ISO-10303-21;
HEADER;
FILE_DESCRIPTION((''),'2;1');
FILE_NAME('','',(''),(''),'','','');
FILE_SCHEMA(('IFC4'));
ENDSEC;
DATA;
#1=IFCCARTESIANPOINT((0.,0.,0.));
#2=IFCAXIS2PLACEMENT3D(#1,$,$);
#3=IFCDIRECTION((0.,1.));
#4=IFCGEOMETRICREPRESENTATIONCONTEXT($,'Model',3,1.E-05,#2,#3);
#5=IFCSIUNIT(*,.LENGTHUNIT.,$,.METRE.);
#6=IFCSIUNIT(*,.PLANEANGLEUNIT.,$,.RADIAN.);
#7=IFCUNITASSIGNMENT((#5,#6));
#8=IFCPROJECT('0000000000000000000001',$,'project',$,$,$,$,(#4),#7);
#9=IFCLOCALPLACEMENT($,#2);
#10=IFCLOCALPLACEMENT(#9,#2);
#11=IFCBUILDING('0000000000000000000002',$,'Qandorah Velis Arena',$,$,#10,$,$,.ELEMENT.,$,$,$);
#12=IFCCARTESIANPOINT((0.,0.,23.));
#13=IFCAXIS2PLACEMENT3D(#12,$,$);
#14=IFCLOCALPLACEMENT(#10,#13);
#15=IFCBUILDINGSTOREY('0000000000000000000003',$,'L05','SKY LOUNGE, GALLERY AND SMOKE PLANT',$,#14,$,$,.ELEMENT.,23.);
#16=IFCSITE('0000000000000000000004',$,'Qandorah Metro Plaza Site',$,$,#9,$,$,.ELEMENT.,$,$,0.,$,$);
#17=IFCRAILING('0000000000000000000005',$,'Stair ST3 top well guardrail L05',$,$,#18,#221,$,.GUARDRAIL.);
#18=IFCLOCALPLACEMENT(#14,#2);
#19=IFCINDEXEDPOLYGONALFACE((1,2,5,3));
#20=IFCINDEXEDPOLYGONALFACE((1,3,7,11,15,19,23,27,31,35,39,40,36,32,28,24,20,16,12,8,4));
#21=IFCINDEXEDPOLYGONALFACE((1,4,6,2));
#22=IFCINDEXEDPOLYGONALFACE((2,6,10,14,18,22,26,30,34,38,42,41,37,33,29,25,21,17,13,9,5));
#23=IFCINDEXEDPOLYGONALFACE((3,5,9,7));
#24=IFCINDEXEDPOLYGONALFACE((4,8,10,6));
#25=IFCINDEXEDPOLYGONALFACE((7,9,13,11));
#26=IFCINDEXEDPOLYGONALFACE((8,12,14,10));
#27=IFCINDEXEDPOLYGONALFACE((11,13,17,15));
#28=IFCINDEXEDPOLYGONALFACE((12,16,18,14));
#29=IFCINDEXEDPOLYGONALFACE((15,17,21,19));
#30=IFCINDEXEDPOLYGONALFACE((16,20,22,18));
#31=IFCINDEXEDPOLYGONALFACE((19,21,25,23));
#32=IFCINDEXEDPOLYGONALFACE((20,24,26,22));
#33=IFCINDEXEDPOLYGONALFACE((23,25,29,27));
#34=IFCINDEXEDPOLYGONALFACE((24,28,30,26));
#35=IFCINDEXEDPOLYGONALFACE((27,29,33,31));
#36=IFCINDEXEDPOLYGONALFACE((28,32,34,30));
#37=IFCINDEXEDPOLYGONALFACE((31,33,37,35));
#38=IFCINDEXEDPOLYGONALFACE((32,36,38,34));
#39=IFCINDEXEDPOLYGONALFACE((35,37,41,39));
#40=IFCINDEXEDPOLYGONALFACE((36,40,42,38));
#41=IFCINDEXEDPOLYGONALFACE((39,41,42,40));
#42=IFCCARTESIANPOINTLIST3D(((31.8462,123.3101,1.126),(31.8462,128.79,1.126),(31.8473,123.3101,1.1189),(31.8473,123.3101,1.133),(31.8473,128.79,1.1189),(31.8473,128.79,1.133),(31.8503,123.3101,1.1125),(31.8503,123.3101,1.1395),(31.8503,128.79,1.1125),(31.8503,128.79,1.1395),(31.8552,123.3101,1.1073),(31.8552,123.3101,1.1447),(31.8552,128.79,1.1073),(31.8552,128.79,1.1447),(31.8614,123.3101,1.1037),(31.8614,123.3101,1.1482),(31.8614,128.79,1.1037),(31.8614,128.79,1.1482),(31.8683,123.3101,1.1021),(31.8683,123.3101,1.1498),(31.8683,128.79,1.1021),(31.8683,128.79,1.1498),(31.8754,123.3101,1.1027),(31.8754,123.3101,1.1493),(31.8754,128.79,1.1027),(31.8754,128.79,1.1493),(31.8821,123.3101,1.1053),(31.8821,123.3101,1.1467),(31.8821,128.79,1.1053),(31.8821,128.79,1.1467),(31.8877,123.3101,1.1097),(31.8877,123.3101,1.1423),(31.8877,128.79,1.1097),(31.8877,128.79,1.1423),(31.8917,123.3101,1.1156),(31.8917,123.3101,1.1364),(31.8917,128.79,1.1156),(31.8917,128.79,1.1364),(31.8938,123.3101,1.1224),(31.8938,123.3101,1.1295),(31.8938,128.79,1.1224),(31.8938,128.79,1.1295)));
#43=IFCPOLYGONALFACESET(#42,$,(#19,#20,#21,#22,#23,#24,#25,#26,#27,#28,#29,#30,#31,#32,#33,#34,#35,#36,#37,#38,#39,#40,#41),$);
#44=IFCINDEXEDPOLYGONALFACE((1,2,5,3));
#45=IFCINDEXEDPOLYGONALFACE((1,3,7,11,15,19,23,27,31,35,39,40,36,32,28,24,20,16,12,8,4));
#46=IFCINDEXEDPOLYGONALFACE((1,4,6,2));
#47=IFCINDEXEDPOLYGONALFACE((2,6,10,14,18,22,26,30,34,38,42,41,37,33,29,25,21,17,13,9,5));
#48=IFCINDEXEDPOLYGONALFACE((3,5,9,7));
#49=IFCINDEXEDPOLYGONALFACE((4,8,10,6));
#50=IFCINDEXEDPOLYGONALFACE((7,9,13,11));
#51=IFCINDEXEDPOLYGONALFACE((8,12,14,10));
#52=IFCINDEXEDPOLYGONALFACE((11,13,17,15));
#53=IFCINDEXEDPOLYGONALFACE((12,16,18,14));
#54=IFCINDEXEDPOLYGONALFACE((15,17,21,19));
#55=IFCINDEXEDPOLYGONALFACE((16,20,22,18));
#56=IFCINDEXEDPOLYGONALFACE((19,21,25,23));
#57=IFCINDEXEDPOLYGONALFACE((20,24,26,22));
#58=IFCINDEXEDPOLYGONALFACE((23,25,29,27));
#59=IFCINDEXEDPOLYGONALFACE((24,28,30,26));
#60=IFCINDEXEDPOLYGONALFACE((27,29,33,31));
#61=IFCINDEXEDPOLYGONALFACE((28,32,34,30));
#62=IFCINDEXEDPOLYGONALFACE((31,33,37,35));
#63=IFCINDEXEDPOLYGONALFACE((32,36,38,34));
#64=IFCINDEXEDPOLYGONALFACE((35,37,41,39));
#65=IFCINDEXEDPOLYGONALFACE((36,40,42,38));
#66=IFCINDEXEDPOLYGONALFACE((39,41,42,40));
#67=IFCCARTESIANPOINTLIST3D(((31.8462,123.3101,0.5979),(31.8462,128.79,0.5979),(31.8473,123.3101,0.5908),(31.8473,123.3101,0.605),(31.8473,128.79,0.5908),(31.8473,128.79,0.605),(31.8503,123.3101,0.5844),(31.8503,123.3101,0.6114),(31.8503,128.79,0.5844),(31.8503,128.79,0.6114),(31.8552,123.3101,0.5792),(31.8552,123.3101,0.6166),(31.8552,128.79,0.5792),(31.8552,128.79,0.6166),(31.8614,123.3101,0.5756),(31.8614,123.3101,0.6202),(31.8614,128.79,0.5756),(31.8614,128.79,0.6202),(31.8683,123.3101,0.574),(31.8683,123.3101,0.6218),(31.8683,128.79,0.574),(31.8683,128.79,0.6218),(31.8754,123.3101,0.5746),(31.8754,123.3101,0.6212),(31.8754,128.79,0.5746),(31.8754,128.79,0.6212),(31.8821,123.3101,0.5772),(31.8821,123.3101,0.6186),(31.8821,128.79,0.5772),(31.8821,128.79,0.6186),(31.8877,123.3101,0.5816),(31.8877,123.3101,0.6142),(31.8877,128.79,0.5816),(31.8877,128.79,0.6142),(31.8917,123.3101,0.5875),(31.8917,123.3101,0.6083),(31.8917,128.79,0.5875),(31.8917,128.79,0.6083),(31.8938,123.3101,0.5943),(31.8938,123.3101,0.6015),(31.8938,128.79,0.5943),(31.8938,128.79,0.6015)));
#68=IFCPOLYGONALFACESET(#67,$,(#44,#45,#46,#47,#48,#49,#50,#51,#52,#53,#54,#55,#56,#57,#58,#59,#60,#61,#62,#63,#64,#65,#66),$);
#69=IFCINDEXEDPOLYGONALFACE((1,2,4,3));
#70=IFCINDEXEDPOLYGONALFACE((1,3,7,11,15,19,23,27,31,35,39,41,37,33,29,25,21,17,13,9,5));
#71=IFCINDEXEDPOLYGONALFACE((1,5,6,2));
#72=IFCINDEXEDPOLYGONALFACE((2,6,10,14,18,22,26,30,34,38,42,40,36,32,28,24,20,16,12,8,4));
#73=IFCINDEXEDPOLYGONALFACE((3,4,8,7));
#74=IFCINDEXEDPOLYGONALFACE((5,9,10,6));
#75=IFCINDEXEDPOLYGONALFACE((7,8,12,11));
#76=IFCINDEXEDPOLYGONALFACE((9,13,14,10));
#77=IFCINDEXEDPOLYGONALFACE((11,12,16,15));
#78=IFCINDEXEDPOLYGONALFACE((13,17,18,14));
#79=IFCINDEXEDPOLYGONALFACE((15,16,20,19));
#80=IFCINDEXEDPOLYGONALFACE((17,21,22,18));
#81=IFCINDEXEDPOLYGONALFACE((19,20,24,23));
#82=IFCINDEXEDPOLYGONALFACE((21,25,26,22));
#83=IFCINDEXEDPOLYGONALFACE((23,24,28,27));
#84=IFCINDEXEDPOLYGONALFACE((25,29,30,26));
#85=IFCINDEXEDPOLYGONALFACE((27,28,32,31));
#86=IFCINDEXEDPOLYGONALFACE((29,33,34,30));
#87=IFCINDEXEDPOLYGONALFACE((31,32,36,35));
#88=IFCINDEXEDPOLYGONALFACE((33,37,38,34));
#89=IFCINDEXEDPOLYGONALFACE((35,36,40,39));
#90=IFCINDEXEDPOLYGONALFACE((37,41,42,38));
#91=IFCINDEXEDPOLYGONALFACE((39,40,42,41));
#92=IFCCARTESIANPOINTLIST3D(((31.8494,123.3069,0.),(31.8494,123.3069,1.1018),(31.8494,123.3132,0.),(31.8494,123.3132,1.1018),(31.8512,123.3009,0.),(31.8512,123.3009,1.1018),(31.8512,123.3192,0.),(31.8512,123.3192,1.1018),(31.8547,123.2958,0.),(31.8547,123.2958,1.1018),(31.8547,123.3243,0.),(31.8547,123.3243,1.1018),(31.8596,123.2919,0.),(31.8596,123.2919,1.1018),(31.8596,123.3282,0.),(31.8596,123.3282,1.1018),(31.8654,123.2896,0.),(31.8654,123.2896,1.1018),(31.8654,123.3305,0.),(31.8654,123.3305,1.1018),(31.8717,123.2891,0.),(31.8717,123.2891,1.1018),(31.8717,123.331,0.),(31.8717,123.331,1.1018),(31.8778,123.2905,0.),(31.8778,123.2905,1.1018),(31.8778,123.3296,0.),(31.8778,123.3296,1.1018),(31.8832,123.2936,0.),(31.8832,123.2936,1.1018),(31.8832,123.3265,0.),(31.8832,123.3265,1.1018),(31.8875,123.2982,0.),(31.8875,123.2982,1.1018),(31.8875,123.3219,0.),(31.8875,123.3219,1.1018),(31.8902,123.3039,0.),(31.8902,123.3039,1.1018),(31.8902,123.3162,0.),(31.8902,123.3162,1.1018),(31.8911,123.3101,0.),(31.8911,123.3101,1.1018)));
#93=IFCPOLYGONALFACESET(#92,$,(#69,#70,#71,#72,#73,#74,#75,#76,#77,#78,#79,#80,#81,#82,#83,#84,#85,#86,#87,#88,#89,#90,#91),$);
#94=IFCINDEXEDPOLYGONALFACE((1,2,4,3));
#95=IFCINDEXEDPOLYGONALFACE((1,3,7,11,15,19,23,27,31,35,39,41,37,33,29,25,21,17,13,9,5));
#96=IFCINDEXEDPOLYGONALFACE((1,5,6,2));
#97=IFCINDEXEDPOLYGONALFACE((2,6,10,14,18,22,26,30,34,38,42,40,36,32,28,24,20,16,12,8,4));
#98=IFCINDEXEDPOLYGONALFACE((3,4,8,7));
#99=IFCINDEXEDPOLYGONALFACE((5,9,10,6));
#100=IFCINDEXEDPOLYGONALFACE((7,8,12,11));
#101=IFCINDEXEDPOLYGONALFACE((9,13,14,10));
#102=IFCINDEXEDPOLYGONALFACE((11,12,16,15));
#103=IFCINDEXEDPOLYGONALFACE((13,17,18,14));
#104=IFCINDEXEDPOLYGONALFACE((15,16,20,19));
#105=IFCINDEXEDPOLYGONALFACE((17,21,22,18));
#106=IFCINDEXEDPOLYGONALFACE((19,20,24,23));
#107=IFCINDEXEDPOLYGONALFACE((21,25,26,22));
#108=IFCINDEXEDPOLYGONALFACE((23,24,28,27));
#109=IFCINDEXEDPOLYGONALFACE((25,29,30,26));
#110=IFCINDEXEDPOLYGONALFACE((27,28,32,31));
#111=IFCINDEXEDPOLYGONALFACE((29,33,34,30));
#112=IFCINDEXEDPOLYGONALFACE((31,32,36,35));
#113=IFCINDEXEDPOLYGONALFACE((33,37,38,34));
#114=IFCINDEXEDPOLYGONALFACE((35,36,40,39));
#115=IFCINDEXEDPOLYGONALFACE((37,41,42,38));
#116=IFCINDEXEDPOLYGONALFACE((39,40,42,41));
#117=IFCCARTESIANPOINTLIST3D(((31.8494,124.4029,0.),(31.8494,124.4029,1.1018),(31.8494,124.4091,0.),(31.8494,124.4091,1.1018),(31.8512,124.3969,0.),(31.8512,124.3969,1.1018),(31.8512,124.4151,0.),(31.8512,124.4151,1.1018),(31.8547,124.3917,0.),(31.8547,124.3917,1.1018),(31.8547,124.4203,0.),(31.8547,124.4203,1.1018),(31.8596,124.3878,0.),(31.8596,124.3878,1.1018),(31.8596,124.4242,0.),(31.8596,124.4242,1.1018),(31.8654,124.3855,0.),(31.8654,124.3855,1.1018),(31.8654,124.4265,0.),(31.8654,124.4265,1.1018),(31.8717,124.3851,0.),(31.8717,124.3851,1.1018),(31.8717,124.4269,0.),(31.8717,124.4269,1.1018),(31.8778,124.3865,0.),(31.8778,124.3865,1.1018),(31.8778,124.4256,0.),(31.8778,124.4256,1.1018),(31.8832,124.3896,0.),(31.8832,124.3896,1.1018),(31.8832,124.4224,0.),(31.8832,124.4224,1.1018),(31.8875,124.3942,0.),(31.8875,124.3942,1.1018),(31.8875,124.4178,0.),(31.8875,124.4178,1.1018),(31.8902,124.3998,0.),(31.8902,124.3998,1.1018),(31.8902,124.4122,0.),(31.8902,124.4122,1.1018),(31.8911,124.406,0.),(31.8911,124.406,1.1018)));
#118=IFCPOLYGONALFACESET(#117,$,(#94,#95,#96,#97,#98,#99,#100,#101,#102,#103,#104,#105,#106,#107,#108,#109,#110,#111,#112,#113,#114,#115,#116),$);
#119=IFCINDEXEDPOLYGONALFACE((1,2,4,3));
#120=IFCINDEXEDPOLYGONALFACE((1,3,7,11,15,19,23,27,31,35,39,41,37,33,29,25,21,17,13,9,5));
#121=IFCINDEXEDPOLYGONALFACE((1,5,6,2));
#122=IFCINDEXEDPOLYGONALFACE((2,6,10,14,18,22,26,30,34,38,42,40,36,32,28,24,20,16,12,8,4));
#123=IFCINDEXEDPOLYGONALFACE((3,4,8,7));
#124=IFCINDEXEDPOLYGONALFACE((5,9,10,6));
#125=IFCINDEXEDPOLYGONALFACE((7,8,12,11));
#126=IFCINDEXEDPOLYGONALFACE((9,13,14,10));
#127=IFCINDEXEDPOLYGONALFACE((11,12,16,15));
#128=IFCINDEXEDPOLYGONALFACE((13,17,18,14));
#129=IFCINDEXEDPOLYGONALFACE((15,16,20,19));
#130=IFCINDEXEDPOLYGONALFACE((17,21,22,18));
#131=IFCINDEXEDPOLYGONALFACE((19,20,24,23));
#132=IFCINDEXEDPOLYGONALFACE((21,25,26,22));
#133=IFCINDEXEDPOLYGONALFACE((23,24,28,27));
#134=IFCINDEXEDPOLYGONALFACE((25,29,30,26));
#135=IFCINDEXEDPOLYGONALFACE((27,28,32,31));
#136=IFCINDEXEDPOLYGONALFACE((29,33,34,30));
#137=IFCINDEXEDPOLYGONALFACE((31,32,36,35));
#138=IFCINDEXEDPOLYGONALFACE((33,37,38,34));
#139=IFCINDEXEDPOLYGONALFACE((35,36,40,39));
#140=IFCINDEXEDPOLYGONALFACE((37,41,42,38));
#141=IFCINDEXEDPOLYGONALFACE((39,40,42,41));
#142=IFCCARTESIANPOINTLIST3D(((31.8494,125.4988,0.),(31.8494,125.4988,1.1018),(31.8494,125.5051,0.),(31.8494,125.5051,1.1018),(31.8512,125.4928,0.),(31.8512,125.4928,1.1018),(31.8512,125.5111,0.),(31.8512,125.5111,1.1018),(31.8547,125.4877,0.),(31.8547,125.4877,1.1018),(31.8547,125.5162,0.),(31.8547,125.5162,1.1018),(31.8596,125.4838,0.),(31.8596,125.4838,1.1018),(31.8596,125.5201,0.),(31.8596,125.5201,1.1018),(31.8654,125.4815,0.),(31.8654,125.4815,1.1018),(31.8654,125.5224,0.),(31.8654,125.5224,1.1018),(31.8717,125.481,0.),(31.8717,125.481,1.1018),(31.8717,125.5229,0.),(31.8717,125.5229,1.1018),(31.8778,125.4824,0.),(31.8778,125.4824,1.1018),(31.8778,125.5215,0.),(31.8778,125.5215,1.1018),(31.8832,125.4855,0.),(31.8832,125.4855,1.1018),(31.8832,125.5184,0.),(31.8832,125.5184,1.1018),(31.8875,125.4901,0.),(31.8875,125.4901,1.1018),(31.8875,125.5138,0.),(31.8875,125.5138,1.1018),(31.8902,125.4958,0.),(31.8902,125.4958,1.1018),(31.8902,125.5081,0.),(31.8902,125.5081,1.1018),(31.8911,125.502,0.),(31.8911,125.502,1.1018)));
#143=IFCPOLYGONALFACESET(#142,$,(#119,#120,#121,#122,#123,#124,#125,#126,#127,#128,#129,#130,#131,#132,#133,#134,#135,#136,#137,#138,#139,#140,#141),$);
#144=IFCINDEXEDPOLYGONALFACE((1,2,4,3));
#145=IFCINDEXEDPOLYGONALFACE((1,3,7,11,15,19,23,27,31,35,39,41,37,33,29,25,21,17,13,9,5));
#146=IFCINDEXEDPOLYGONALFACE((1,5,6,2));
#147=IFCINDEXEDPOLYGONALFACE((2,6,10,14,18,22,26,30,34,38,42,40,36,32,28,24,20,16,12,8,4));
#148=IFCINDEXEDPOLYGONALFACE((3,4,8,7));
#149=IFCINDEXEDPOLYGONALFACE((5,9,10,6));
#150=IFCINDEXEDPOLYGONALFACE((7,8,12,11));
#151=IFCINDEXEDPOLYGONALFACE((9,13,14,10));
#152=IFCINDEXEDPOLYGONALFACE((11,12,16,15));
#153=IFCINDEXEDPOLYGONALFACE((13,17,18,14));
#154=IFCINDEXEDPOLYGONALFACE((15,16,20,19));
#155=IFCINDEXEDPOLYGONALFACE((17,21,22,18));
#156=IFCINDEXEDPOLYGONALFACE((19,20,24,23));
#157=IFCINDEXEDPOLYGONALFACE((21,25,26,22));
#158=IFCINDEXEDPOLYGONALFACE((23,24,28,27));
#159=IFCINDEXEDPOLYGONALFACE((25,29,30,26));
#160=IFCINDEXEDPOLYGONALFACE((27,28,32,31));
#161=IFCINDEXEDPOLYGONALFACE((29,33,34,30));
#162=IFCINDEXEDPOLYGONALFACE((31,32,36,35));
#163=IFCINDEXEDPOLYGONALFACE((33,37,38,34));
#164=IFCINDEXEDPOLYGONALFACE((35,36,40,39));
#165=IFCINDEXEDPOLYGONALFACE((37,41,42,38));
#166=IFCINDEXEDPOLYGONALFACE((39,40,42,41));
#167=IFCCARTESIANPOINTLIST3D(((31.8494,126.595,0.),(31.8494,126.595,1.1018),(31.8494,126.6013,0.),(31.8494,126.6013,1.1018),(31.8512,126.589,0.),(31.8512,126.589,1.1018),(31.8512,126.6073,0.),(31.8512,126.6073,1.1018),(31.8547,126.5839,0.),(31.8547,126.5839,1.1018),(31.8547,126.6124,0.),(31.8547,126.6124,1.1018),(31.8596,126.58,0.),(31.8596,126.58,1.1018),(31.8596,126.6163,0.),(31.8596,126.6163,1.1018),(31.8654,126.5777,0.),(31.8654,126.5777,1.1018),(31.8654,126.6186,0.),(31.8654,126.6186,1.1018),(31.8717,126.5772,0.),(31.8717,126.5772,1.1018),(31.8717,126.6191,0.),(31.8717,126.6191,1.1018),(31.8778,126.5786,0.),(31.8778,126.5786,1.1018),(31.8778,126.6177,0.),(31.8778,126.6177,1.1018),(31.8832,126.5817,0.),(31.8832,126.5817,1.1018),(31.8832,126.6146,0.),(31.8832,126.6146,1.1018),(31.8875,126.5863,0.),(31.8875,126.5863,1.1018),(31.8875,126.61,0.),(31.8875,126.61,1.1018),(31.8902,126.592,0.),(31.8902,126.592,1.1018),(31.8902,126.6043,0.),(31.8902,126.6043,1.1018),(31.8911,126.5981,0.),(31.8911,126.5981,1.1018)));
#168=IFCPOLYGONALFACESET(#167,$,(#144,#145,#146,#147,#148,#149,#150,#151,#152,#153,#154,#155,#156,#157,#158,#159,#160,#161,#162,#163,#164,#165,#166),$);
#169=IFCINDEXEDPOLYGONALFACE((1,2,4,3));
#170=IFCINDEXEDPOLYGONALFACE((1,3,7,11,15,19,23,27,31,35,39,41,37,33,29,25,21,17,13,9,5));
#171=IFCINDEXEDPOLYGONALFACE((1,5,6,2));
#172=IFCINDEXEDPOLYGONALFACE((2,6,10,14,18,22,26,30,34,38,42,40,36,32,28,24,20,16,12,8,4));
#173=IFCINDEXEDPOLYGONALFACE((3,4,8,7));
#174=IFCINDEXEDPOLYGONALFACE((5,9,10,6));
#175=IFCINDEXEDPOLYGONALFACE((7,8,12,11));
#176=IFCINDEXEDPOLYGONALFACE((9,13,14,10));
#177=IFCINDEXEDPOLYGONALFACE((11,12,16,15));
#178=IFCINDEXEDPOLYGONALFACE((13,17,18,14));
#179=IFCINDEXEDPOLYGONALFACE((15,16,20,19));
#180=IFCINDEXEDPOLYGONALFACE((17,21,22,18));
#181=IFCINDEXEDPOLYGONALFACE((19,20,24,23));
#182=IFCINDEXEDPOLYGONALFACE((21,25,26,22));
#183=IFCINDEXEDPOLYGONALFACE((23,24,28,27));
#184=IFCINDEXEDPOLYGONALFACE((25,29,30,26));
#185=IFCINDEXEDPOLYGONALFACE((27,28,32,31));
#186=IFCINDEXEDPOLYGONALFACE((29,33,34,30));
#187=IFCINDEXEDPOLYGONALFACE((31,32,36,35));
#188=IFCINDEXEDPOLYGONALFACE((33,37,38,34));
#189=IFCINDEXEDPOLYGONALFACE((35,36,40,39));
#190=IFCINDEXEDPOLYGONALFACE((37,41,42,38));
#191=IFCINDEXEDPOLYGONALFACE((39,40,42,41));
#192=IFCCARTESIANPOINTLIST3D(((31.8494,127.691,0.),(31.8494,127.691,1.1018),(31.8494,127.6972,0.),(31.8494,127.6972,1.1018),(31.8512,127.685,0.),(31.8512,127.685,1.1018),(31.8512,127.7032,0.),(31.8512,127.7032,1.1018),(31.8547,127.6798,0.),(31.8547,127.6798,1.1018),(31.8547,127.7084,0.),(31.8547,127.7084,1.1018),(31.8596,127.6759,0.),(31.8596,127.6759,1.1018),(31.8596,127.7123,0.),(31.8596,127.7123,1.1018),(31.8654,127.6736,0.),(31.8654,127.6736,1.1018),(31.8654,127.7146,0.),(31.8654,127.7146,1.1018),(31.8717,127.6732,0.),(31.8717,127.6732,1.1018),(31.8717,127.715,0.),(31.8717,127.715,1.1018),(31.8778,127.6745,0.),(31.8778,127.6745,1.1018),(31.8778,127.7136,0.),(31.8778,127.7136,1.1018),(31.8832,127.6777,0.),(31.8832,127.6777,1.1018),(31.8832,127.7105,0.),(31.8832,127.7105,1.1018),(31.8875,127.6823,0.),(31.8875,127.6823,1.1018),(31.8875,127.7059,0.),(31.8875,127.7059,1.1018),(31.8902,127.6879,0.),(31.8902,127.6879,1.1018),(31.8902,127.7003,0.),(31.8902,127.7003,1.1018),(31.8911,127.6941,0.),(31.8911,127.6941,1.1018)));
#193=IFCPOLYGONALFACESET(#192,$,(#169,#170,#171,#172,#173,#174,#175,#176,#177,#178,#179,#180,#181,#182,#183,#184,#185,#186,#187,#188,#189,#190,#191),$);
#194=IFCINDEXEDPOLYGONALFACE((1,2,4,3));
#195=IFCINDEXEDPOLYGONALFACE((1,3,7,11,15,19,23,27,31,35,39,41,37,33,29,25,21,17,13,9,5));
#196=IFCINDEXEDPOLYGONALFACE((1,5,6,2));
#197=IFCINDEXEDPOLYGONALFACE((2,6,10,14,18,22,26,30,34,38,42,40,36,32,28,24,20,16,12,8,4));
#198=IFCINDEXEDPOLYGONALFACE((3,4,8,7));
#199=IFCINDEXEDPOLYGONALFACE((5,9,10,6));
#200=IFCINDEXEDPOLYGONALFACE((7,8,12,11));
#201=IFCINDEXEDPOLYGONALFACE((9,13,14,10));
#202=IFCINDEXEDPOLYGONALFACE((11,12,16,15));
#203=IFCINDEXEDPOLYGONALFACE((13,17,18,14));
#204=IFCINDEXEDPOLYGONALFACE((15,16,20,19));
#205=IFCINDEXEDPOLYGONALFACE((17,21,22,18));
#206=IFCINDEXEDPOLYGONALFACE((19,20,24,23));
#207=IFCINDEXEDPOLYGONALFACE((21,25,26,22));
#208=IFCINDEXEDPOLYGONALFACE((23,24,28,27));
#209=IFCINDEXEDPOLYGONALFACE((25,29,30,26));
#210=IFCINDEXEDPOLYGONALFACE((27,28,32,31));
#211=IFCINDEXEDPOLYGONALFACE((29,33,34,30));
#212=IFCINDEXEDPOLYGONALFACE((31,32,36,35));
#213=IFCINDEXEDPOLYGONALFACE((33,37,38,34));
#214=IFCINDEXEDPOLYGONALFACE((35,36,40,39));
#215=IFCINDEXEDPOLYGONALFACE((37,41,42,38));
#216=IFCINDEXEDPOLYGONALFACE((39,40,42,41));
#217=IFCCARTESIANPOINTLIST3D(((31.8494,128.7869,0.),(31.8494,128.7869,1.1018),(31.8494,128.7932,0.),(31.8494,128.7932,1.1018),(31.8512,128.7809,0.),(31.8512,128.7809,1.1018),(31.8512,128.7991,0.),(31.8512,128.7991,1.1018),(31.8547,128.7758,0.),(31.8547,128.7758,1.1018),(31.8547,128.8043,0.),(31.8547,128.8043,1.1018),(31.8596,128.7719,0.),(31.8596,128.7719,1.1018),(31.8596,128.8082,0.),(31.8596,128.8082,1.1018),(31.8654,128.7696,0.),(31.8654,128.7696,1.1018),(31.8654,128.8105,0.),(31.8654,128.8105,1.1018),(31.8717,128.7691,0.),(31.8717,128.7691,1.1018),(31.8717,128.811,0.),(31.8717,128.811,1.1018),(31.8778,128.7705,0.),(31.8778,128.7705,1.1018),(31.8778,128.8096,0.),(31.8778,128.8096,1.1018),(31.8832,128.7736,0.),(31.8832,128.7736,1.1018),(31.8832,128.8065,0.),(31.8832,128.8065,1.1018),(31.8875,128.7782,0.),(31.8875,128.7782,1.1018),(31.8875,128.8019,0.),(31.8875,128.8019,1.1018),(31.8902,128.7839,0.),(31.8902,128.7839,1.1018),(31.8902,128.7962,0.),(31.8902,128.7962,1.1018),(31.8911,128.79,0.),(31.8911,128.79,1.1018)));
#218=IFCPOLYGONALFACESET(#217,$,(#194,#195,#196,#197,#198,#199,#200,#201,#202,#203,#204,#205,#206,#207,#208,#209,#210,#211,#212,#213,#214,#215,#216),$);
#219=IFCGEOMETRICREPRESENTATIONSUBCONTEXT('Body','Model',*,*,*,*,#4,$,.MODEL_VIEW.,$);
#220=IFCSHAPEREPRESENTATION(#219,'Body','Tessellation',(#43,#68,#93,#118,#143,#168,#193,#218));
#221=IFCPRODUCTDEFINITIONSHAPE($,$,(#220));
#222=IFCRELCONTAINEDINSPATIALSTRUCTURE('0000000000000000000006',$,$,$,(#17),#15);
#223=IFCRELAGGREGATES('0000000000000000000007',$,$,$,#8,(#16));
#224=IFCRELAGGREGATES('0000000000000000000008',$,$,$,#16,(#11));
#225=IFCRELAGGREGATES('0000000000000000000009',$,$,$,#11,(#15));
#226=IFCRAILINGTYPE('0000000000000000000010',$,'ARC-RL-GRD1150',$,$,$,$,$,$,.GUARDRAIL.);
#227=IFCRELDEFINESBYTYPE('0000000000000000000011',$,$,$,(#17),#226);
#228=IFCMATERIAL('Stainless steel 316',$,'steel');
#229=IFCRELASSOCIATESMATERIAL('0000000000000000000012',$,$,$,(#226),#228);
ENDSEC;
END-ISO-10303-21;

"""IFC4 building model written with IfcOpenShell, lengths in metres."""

from ifc_helpers import new_model, si_unit, direction, frame, origin, origin_2d, place, context, subcontext, project, spatial, circle, extrude, material, type_object, element, save


model = new_model("IFC4")

# Units and contexts
model_context = context("Model", 3, precision=1e-05, world=origin(), true_north=direction((0.0, 1.0)))
body_context = subcontext(model_context, "Body", "Model", "MODEL_VIEW")
ifc_project = project(units=[si_unit("LENGTHUNIT", "METRE"), si_unit("PLANEANGLEUNIT", "RADIAN")], contexts=[model_context])

# Site, building, storey
site_placement = place(None, origin())
site = spatial("IfcSite", under=ifc_project, at=site_placement, Name="Qandorah Metro Plaza Site", CompositionType="ELEMENT", RefElevation=0.0)
building_placement = place(site_placement, origin())
building = spatial("IfcBuilding", under=site, at=building_placement, Name="Qandorah Velis Arena", CompositionType="ELEMENT")
storey_placement = place(building_placement, frame((0.0, 0.0, 23.0)))
storey = spatial("IfcBuildingStorey", under=building, at=storey_placement, Name="L05", Description="SKY LOUNGE, GALLERY AND SMOKE PLANT", CompositionType="ELEMENT", Elevation=23.0)

# Railing
ifc_material_1 = material(Name="Stainless steel 316", Category="steel")
railing_type = type_object("IfcRailingType", Name="ARC-RL-GRD1150", PredefinedType="GUARDRAIL", material=ifc_material_1)
railing_1_placement = place(storey_placement, frame((31.8701, 123.3101, 0.0)))
element("IfcRailing", 1, at=railing_1_placement, inside=storey, type_object=railing_type, Name="Stair ST3 top well guardrail L05", PredefinedType="GUARDRAIL", context=body_context, shape_type="SweptSolid", body=[
    extrude(circle(Radius=0.0239, at=origin_2d()), frame((0.0, 0.0, 1.126), z_axis=(0.0, 1.0, 0.0), x_axis=(-1.0, 0.0, 0.0)), (0.0, 0.0, 1.0), 5.48),
    extrude(circle(Radius=0.0239, at=origin_2d()), frame((0.0, 0.0, 0.5979), z_axis=(0.0, 1.0, 0.0), x_axis=(-1.0, 0.0, 0.0)), (0.0, 0.0, 1.0), 5.48),
    extrude(circle(Radius=0.021, at=origin_2d()), origin(), (0.0, 0.0, 1.0), 1.1018),
    extrude(circle(Radius=0.021, at=origin_2d()), frame((0.0, 1.0959, 0.0)), (0.0, 0.0, 1.0), 1.1018),
    extrude(circle(Radius=0.021, at=origin_2d()), frame((0.0, 2.1919, 0.0)), (0.0, 0.0, 1.0), 1.1018),
    extrude(circle(Radius=0.021, at=origin_2d()), frame((0.0, 3.2881, 0.0)), (0.0, 0.0, 1.0), 1.1018),
    extrude(circle(Radius=0.021, at=origin_2d()), frame((0.0, 4.384, 0.0)), (0.0, 0.0, 1.0), 1.1018),
    extrude(circle(Radius=0.021, at=origin_2d()), frame((0.0, 5.48, 0.0)), (0.0, 0.0, 1.0), 1.1018),
])

save(model, "model.ifc")
